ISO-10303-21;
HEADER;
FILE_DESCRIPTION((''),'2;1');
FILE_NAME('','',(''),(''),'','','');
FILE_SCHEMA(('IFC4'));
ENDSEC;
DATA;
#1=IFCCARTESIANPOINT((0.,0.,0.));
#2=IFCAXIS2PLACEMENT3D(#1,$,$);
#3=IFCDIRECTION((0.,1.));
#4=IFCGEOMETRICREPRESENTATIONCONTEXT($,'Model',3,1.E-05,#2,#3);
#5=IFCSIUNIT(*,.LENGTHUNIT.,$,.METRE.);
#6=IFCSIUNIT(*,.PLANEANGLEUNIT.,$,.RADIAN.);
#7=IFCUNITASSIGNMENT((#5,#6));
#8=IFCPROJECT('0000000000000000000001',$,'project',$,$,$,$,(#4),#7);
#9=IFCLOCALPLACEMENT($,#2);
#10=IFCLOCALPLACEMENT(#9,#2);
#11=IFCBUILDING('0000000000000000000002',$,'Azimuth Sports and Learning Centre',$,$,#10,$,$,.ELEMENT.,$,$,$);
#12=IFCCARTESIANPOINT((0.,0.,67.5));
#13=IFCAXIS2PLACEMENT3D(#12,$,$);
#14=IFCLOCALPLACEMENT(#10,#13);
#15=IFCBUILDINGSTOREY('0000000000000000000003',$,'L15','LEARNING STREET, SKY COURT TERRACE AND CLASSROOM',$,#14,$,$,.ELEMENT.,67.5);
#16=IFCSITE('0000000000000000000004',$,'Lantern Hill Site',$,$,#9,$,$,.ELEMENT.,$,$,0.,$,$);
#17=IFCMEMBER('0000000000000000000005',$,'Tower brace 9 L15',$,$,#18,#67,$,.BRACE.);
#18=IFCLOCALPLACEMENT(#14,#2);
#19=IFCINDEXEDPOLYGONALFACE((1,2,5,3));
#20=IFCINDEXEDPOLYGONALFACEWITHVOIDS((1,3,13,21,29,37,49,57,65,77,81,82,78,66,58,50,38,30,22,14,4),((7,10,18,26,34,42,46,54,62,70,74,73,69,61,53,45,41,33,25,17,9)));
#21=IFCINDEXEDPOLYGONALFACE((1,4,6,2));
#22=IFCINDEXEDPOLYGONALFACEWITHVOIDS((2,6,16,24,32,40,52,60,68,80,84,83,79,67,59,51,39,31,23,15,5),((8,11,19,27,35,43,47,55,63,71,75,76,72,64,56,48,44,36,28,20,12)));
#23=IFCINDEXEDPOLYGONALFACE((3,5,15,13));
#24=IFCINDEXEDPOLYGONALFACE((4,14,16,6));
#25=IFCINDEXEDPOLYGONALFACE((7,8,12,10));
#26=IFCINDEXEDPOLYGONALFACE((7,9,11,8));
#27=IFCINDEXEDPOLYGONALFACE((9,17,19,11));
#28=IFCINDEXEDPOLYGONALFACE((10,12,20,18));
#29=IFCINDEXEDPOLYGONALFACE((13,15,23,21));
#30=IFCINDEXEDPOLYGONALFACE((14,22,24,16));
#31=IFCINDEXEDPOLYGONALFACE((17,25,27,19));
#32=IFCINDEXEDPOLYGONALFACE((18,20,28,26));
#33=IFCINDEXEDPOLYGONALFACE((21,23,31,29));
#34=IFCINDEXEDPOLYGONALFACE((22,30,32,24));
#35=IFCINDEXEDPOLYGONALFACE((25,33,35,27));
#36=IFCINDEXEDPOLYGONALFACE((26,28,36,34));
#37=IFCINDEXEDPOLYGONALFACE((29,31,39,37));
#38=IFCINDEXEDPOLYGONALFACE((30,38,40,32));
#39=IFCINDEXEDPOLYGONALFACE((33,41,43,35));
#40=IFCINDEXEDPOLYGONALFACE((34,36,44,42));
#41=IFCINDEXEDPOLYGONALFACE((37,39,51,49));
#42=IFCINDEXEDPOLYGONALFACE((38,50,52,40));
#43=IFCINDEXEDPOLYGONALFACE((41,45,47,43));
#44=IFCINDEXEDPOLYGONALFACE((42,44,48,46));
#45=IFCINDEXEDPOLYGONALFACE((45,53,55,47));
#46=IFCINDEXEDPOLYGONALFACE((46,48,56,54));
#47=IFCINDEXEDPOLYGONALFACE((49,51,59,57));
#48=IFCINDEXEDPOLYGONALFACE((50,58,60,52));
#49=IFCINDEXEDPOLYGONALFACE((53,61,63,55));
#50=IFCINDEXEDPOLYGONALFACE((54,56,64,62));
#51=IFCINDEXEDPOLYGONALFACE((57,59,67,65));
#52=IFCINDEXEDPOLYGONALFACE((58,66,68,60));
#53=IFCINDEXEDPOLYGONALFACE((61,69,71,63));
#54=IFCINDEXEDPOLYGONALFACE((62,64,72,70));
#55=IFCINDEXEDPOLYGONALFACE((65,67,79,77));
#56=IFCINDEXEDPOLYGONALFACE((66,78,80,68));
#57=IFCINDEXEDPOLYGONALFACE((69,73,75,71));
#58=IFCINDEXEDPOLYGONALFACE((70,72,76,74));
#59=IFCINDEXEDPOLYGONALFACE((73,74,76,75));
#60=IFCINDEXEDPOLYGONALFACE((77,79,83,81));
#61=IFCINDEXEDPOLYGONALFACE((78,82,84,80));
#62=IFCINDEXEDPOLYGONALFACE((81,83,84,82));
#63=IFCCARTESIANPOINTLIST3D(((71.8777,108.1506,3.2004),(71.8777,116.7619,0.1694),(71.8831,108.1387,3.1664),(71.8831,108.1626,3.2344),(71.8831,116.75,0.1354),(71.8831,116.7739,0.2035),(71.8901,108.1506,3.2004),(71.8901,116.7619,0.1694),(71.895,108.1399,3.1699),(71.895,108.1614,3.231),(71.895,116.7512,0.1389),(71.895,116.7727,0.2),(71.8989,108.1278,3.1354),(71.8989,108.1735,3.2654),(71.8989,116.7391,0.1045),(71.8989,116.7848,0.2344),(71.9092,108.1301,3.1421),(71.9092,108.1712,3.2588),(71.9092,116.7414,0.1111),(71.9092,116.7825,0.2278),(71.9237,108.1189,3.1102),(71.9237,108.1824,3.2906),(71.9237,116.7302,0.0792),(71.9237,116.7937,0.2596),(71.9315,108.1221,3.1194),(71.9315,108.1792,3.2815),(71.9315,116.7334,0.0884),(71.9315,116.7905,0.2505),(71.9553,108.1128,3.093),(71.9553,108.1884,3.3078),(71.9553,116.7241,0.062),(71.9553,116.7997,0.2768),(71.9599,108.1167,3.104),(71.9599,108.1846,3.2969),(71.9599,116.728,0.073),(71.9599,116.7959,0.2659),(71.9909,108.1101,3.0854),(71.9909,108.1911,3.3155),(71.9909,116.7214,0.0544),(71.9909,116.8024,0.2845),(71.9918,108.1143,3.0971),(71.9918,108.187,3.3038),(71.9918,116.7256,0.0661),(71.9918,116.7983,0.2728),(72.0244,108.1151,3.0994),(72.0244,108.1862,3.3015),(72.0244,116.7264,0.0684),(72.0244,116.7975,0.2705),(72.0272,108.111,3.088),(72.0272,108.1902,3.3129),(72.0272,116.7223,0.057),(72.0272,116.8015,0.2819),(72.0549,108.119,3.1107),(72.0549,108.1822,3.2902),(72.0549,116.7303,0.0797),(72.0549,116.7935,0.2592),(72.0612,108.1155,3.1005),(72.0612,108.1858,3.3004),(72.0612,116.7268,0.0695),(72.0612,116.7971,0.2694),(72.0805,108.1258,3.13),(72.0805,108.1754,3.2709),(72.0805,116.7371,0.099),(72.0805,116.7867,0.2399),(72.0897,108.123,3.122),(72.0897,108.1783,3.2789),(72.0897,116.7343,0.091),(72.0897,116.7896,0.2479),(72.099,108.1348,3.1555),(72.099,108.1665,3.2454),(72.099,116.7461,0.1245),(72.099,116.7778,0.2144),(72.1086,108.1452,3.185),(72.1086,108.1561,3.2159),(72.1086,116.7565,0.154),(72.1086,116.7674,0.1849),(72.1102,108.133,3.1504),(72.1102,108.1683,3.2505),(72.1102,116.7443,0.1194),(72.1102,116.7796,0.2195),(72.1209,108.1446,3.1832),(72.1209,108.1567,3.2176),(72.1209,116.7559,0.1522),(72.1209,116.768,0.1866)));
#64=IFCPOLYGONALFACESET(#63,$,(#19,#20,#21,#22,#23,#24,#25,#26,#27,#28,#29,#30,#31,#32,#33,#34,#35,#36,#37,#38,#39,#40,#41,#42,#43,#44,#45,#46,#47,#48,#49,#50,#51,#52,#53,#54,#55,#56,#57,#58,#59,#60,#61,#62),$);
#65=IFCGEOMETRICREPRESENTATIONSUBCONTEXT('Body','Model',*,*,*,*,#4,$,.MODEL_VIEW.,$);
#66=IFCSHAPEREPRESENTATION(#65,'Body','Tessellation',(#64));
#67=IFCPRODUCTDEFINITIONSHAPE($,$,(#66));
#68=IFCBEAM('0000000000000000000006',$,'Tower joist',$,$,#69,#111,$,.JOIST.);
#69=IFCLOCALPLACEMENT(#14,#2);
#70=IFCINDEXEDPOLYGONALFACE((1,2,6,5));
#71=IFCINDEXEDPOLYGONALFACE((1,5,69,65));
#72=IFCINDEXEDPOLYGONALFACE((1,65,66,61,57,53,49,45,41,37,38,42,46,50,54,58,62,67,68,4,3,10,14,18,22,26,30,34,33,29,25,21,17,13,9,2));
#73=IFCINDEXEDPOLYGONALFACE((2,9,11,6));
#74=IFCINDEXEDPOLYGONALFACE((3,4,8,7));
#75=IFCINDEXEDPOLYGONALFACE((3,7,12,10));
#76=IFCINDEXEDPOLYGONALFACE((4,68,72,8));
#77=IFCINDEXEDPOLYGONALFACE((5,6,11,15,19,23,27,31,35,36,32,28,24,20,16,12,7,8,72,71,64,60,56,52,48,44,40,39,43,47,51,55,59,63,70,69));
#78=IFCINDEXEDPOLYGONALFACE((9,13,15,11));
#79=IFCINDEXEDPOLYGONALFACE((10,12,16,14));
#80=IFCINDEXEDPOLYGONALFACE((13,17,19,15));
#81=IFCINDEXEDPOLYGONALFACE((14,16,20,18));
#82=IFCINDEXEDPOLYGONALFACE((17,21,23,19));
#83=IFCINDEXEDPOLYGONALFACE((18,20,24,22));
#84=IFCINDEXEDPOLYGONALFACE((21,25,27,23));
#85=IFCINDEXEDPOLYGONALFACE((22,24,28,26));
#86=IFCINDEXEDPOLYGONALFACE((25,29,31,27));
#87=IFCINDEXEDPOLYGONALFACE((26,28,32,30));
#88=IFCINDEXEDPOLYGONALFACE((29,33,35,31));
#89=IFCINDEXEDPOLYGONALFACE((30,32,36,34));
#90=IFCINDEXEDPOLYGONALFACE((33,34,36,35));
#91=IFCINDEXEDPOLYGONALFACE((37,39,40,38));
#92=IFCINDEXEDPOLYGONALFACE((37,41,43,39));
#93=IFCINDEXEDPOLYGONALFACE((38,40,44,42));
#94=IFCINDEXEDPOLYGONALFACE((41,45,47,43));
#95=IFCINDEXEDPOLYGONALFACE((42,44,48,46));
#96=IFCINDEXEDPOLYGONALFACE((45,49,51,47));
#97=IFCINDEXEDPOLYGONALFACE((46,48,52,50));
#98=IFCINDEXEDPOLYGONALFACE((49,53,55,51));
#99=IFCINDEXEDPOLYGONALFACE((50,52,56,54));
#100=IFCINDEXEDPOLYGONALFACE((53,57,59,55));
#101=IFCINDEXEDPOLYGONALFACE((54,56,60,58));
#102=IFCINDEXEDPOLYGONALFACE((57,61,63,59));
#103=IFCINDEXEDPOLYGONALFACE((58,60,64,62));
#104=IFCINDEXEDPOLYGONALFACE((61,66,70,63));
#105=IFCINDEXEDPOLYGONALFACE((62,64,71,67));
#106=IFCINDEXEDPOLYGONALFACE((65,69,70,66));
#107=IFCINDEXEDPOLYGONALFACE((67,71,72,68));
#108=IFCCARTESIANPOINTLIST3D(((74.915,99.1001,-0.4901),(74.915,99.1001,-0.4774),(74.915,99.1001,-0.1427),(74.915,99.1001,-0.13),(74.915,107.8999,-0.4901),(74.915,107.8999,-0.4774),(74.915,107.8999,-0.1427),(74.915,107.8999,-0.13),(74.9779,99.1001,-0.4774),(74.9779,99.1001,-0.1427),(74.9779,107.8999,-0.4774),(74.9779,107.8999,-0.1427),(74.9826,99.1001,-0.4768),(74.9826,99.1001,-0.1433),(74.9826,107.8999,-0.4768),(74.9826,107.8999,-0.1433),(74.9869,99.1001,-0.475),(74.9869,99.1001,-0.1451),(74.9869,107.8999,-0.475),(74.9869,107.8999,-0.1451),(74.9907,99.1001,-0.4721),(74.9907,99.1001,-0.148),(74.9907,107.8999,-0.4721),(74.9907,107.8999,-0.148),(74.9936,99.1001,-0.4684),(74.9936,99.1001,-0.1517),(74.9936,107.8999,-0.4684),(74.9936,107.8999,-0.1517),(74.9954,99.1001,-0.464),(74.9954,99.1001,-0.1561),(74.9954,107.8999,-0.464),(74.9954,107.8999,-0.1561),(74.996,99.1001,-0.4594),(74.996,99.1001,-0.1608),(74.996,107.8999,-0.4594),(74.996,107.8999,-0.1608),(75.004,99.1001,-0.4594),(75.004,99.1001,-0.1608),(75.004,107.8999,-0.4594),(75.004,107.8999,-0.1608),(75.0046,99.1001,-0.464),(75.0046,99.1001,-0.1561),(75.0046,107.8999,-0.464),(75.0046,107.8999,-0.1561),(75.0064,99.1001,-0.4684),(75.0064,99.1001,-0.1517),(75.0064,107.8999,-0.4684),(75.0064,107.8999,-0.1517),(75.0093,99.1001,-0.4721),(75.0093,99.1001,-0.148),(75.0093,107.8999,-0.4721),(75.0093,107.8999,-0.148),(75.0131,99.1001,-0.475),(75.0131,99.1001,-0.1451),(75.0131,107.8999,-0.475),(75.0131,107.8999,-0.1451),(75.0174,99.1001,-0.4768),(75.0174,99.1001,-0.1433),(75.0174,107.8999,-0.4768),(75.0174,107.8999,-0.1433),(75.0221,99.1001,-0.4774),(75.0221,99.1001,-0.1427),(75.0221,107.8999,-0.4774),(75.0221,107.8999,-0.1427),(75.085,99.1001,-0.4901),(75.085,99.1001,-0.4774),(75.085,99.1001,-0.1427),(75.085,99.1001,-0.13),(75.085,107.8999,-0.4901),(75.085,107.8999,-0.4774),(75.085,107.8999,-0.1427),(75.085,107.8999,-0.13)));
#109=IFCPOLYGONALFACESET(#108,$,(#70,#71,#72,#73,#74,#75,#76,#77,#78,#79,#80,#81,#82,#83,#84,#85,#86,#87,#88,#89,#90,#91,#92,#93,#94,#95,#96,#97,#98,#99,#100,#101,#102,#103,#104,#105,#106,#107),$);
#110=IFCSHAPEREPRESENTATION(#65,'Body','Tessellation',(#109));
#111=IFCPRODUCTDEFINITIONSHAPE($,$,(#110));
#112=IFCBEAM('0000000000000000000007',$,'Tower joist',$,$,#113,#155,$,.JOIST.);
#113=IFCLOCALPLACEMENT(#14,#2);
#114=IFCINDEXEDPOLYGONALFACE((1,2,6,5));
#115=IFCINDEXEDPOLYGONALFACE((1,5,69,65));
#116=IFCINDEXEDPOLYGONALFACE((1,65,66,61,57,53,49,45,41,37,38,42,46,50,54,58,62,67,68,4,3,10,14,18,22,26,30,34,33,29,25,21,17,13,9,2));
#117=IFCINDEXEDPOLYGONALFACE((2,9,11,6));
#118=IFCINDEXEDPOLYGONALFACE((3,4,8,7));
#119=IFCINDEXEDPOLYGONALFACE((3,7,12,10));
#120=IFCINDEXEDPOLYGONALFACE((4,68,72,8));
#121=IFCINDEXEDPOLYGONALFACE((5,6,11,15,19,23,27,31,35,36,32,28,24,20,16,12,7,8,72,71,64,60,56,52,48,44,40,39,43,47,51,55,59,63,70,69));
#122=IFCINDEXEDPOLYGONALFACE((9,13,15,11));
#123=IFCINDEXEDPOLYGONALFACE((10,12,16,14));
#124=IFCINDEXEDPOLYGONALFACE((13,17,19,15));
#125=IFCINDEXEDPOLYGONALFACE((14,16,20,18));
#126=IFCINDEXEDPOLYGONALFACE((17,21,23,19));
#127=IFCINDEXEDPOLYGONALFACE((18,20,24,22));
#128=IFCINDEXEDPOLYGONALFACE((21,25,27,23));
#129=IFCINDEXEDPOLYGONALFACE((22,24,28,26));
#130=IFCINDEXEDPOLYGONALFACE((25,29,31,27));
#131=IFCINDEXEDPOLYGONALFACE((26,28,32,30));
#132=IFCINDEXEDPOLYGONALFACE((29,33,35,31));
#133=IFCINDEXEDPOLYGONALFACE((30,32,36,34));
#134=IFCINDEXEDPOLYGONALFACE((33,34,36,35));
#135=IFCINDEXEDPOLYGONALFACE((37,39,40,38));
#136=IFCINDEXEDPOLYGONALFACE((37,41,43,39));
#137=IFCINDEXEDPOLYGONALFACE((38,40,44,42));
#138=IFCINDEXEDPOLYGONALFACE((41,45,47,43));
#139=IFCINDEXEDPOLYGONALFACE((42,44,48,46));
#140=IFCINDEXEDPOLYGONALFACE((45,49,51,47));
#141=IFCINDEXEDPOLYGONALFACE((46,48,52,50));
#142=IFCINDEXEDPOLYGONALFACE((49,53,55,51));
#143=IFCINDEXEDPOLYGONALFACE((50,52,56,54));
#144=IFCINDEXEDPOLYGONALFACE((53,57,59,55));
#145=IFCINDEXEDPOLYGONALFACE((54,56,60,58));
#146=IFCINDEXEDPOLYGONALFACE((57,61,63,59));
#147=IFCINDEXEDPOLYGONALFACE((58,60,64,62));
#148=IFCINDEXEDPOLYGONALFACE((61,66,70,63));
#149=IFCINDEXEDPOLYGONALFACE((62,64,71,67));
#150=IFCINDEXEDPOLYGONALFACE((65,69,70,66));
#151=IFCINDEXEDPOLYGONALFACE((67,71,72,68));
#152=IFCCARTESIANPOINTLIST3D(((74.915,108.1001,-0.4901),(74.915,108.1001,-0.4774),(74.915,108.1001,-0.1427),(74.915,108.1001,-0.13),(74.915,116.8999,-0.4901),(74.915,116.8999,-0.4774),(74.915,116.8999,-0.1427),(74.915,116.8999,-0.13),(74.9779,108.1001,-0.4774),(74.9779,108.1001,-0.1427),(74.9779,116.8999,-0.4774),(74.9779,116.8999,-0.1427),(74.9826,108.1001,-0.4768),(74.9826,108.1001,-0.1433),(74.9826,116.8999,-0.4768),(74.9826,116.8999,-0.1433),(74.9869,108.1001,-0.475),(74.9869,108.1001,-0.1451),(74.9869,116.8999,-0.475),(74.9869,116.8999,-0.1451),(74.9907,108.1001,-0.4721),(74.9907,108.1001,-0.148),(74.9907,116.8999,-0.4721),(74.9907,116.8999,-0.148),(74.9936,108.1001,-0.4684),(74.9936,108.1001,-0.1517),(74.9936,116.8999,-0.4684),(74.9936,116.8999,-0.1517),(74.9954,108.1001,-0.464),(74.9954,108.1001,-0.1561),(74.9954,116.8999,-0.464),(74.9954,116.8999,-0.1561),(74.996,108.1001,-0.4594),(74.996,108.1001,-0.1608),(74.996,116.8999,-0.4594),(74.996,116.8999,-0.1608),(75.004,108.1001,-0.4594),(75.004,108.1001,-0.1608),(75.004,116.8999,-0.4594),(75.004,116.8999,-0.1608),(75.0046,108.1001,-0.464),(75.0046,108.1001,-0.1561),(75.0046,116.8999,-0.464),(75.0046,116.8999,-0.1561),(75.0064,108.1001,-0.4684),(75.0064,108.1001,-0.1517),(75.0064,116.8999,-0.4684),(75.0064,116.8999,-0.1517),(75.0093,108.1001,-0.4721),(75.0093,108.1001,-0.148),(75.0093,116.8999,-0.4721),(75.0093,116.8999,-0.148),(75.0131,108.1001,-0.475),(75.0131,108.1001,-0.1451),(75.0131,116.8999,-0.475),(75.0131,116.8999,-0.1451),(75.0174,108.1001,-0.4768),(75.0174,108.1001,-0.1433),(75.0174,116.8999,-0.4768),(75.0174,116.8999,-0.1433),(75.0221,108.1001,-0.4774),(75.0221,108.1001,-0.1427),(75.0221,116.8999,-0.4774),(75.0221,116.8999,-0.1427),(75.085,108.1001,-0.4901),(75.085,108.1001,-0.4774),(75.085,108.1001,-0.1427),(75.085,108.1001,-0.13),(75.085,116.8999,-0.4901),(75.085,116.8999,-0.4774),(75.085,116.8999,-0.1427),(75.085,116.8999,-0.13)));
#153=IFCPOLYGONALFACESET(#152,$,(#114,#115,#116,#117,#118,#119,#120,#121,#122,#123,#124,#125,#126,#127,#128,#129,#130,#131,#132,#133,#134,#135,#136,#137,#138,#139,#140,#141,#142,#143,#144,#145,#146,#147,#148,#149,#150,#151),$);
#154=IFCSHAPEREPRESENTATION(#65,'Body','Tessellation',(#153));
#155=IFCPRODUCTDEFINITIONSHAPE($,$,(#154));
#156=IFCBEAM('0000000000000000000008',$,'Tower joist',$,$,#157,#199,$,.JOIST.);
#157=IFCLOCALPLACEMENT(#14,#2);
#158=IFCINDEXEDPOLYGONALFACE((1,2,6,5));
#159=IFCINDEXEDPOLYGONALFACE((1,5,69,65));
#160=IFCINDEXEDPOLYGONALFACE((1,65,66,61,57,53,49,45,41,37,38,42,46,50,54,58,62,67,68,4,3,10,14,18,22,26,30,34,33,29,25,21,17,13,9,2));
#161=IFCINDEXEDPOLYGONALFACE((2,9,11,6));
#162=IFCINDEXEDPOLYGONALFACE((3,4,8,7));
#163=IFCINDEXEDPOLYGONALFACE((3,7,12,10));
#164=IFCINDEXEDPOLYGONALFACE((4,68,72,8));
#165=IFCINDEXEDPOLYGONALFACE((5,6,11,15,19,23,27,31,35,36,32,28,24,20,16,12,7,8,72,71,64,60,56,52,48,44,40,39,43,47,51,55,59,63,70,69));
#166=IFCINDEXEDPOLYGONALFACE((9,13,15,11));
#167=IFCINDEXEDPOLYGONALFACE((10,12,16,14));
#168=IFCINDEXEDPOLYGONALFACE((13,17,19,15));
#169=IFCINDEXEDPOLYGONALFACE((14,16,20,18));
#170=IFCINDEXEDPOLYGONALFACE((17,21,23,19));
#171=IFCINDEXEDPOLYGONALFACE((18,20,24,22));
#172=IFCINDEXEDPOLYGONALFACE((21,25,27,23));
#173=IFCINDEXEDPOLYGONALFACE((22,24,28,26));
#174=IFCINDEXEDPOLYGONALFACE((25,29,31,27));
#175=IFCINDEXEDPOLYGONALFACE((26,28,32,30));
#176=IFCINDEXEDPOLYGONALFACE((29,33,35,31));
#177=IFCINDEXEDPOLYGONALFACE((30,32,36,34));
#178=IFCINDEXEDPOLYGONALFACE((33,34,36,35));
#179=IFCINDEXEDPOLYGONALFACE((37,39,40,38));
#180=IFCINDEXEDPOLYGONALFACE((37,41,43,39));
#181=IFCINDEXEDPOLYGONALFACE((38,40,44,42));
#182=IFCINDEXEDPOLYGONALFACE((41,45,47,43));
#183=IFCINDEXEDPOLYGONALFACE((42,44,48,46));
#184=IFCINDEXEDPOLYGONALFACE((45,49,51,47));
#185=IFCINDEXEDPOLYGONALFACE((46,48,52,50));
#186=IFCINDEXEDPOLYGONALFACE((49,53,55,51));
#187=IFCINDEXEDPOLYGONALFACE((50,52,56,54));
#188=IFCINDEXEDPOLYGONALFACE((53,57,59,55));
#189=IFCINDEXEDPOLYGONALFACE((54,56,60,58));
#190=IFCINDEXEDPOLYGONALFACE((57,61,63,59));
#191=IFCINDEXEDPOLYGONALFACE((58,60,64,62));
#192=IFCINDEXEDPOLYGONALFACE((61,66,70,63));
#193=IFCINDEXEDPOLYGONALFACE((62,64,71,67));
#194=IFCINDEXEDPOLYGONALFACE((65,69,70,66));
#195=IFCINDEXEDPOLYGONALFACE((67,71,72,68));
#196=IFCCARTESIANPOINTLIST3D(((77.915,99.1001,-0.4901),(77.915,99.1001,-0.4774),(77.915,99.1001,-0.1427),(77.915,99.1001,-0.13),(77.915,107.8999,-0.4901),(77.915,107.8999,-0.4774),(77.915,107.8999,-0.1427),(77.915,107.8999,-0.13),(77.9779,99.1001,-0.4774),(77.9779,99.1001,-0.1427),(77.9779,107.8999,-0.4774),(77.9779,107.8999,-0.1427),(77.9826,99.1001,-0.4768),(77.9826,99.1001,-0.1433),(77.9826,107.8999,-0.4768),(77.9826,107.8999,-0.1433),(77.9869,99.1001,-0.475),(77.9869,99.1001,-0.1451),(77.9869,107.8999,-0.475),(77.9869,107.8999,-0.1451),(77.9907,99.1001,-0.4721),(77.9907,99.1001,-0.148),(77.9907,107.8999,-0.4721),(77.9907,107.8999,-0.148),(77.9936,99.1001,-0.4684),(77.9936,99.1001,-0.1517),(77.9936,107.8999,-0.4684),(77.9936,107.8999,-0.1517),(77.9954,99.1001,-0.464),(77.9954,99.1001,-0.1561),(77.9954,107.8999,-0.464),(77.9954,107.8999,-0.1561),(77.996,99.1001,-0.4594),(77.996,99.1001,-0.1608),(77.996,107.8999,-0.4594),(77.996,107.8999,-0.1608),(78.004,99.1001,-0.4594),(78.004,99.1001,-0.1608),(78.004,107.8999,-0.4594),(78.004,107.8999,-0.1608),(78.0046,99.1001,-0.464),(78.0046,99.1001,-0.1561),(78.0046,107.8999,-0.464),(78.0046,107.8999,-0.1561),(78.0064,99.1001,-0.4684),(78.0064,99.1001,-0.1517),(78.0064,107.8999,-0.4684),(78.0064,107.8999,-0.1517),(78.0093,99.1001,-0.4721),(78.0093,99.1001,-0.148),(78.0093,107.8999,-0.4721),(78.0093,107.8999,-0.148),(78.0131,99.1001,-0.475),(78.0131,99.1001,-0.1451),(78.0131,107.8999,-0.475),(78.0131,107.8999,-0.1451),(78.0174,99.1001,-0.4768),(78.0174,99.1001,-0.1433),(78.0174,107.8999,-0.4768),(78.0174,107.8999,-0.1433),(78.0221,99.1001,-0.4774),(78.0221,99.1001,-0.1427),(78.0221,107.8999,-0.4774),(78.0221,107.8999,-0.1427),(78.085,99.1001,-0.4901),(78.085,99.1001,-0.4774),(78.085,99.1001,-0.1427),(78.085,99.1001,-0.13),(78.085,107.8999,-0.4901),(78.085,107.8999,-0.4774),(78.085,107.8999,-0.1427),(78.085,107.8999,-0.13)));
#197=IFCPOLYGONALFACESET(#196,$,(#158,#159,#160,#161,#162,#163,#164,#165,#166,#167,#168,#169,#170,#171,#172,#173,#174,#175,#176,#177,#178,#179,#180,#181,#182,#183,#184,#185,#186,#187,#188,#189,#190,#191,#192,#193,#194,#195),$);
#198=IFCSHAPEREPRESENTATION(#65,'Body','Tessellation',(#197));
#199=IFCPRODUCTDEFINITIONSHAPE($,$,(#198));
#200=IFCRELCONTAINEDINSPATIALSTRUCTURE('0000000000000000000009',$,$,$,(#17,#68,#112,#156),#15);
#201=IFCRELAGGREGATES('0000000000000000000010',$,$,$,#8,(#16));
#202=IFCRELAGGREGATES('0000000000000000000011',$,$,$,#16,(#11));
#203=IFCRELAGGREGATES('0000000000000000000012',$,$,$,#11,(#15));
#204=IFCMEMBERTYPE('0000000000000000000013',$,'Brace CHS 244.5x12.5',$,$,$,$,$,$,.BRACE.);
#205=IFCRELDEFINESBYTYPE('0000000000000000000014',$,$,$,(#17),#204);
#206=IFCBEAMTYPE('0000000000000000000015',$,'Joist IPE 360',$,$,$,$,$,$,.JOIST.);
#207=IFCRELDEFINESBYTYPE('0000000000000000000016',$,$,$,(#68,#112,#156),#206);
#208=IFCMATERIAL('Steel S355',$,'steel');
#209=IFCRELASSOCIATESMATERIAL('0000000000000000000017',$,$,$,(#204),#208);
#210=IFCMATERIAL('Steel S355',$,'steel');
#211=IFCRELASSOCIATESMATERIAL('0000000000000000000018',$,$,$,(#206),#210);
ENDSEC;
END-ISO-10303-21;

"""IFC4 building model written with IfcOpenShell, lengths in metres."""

from ifc_helpers import new_model, si_unit, direction, frame, origin, origin_2d, place, context, subcontext, project, spatial, hollow_circle, i_section, extrude, material, material_profile, profile_set, type_object, element, save


model = new_model("IFC4")

# Units and contexts
model_context = context("Model", 3, precision=1e-05, world=origin(), true_north=direction((0.0, 1.0)))
body_context = subcontext(model_context, "Body", "Model", "MODEL_VIEW")
ifc_project = project(units=[si_unit("LENGTHUNIT", "METRE"), si_unit("PLANEANGLEUNIT", "RADIAN")], contexts=[model_context])

# Site, building, storey
site_placement = place(None, origin())
site = spatial("IfcSite", under=ifc_project, at=site_placement, Name="Lantern Hill Site", CompositionType="ELEMENT", RefElevation=0.0)
building_placement = place(site_placement, origin())
building = spatial("IfcBuilding", under=site, at=building_placement, Name="Azimuth Sports and Learning Centre", CompositionType="ELEMENT")
storey_placement = place(building_placement, frame((0.0, 0.0, 67.5)))
storey = spatial("IfcBuildingStorey", under=building, at=storey_placement, Name="L15", Description="LEARNING STREET, SKY COURT TERRACE AND CLASSROOM", CompositionType="ELEMENT", Elevation=67.5)

# Member
ifc_material_1 = material(Name="Steel S355", Category="steel")
ifc_material_profile_1 = material_profile(ifc_material_1, hollow_circle(Radius=0.1223, WallThickness=0.0125, at=origin_2d()), Name="CHS 244.5x12.5")
ifc_profile_set_1 = profile_set([ifc_material_profile_1], Name="Steel S355")
member_type = type_object("IfcMemberType", Name="Brace CHS 244.5x12.5", PredefinedType="BRACE", material=ifc_profile_set_1)
member_placement = place(storey_placement, frame((72.0, 108.1506, 3.2004), z_axis=(0.0, 0.943275, -0.332013), x_axis=(-1.0, 0.0, 0.0)))
element("IfcMember", 1, at=member_placement, inside=storey, type_object=member_type, Name="Tower brace 9 L15", PredefinedType="BRACE", context=body_context, shape_type="SweptSolid", body=[
    extrude(hollow_circle(Radius=0.1223, WallThickness=0.0125, at=origin_2d()), origin(), (0.0, 0.0, 1.0), 9.1292),
])

# Beams
ifc_material_2 = material(Name="Steel S355", Category="steel")
ifc_material_profile_2 = material_profile(ifc_material_2, i_section(OverallWidth=0.1699, OverallDepth=0.3601, WebThickness=0.0081, FlangeThickness=0.0127, FilletRadius=0.0181, at=origin_2d()), Name="IPE 360")
ifc_profile_set_2 = profile_set([ifc_material_profile_2], Name="Steel S355")
beam_type_1 = type_object("IfcBeamType", Name="Joist IPE 360", PredefinedType="JOIST", material=ifc_profile_set_2)
for number, where, z_axis, x_axis, name in (
    (2, (75.0, 99.1001, -0.3101), (0.0, 1.0, 0.0), (-1.0, 0.0, 0.0), "Tower joist"),
    (3, (75.0, 108.1001, -0.3101), (0.0, 1.0, 0.0), (-1.0, 0.0, 0.0), "Tower joist"),
    (4, (78.0, 99.1001, -0.3101), (0.0, 1.0, 0.0), (-1.0, 0.0, 0.0), "Tower joist"),
):
    element("IfcBeam", number, at=place(storey_placement, frame(where, z_axis=z_axis, x_axis=x_axis)), inside=storey, type_object=beam_type_1, Name=name, PredefinedType="JOIST", context=body_context, shape_type="SweptSolid", body=[
        extrude(i_section(OverallWidth=0.1699, OverallDepth=0.3601, WebThickness=0.0081, FlangeThickness=0.0127, FilletRadius=0.0181, at=origin_2d()), origin(), (0.0, 0.0, 1.0), 8.7998),
    ])

save(model, "model.ifc")
